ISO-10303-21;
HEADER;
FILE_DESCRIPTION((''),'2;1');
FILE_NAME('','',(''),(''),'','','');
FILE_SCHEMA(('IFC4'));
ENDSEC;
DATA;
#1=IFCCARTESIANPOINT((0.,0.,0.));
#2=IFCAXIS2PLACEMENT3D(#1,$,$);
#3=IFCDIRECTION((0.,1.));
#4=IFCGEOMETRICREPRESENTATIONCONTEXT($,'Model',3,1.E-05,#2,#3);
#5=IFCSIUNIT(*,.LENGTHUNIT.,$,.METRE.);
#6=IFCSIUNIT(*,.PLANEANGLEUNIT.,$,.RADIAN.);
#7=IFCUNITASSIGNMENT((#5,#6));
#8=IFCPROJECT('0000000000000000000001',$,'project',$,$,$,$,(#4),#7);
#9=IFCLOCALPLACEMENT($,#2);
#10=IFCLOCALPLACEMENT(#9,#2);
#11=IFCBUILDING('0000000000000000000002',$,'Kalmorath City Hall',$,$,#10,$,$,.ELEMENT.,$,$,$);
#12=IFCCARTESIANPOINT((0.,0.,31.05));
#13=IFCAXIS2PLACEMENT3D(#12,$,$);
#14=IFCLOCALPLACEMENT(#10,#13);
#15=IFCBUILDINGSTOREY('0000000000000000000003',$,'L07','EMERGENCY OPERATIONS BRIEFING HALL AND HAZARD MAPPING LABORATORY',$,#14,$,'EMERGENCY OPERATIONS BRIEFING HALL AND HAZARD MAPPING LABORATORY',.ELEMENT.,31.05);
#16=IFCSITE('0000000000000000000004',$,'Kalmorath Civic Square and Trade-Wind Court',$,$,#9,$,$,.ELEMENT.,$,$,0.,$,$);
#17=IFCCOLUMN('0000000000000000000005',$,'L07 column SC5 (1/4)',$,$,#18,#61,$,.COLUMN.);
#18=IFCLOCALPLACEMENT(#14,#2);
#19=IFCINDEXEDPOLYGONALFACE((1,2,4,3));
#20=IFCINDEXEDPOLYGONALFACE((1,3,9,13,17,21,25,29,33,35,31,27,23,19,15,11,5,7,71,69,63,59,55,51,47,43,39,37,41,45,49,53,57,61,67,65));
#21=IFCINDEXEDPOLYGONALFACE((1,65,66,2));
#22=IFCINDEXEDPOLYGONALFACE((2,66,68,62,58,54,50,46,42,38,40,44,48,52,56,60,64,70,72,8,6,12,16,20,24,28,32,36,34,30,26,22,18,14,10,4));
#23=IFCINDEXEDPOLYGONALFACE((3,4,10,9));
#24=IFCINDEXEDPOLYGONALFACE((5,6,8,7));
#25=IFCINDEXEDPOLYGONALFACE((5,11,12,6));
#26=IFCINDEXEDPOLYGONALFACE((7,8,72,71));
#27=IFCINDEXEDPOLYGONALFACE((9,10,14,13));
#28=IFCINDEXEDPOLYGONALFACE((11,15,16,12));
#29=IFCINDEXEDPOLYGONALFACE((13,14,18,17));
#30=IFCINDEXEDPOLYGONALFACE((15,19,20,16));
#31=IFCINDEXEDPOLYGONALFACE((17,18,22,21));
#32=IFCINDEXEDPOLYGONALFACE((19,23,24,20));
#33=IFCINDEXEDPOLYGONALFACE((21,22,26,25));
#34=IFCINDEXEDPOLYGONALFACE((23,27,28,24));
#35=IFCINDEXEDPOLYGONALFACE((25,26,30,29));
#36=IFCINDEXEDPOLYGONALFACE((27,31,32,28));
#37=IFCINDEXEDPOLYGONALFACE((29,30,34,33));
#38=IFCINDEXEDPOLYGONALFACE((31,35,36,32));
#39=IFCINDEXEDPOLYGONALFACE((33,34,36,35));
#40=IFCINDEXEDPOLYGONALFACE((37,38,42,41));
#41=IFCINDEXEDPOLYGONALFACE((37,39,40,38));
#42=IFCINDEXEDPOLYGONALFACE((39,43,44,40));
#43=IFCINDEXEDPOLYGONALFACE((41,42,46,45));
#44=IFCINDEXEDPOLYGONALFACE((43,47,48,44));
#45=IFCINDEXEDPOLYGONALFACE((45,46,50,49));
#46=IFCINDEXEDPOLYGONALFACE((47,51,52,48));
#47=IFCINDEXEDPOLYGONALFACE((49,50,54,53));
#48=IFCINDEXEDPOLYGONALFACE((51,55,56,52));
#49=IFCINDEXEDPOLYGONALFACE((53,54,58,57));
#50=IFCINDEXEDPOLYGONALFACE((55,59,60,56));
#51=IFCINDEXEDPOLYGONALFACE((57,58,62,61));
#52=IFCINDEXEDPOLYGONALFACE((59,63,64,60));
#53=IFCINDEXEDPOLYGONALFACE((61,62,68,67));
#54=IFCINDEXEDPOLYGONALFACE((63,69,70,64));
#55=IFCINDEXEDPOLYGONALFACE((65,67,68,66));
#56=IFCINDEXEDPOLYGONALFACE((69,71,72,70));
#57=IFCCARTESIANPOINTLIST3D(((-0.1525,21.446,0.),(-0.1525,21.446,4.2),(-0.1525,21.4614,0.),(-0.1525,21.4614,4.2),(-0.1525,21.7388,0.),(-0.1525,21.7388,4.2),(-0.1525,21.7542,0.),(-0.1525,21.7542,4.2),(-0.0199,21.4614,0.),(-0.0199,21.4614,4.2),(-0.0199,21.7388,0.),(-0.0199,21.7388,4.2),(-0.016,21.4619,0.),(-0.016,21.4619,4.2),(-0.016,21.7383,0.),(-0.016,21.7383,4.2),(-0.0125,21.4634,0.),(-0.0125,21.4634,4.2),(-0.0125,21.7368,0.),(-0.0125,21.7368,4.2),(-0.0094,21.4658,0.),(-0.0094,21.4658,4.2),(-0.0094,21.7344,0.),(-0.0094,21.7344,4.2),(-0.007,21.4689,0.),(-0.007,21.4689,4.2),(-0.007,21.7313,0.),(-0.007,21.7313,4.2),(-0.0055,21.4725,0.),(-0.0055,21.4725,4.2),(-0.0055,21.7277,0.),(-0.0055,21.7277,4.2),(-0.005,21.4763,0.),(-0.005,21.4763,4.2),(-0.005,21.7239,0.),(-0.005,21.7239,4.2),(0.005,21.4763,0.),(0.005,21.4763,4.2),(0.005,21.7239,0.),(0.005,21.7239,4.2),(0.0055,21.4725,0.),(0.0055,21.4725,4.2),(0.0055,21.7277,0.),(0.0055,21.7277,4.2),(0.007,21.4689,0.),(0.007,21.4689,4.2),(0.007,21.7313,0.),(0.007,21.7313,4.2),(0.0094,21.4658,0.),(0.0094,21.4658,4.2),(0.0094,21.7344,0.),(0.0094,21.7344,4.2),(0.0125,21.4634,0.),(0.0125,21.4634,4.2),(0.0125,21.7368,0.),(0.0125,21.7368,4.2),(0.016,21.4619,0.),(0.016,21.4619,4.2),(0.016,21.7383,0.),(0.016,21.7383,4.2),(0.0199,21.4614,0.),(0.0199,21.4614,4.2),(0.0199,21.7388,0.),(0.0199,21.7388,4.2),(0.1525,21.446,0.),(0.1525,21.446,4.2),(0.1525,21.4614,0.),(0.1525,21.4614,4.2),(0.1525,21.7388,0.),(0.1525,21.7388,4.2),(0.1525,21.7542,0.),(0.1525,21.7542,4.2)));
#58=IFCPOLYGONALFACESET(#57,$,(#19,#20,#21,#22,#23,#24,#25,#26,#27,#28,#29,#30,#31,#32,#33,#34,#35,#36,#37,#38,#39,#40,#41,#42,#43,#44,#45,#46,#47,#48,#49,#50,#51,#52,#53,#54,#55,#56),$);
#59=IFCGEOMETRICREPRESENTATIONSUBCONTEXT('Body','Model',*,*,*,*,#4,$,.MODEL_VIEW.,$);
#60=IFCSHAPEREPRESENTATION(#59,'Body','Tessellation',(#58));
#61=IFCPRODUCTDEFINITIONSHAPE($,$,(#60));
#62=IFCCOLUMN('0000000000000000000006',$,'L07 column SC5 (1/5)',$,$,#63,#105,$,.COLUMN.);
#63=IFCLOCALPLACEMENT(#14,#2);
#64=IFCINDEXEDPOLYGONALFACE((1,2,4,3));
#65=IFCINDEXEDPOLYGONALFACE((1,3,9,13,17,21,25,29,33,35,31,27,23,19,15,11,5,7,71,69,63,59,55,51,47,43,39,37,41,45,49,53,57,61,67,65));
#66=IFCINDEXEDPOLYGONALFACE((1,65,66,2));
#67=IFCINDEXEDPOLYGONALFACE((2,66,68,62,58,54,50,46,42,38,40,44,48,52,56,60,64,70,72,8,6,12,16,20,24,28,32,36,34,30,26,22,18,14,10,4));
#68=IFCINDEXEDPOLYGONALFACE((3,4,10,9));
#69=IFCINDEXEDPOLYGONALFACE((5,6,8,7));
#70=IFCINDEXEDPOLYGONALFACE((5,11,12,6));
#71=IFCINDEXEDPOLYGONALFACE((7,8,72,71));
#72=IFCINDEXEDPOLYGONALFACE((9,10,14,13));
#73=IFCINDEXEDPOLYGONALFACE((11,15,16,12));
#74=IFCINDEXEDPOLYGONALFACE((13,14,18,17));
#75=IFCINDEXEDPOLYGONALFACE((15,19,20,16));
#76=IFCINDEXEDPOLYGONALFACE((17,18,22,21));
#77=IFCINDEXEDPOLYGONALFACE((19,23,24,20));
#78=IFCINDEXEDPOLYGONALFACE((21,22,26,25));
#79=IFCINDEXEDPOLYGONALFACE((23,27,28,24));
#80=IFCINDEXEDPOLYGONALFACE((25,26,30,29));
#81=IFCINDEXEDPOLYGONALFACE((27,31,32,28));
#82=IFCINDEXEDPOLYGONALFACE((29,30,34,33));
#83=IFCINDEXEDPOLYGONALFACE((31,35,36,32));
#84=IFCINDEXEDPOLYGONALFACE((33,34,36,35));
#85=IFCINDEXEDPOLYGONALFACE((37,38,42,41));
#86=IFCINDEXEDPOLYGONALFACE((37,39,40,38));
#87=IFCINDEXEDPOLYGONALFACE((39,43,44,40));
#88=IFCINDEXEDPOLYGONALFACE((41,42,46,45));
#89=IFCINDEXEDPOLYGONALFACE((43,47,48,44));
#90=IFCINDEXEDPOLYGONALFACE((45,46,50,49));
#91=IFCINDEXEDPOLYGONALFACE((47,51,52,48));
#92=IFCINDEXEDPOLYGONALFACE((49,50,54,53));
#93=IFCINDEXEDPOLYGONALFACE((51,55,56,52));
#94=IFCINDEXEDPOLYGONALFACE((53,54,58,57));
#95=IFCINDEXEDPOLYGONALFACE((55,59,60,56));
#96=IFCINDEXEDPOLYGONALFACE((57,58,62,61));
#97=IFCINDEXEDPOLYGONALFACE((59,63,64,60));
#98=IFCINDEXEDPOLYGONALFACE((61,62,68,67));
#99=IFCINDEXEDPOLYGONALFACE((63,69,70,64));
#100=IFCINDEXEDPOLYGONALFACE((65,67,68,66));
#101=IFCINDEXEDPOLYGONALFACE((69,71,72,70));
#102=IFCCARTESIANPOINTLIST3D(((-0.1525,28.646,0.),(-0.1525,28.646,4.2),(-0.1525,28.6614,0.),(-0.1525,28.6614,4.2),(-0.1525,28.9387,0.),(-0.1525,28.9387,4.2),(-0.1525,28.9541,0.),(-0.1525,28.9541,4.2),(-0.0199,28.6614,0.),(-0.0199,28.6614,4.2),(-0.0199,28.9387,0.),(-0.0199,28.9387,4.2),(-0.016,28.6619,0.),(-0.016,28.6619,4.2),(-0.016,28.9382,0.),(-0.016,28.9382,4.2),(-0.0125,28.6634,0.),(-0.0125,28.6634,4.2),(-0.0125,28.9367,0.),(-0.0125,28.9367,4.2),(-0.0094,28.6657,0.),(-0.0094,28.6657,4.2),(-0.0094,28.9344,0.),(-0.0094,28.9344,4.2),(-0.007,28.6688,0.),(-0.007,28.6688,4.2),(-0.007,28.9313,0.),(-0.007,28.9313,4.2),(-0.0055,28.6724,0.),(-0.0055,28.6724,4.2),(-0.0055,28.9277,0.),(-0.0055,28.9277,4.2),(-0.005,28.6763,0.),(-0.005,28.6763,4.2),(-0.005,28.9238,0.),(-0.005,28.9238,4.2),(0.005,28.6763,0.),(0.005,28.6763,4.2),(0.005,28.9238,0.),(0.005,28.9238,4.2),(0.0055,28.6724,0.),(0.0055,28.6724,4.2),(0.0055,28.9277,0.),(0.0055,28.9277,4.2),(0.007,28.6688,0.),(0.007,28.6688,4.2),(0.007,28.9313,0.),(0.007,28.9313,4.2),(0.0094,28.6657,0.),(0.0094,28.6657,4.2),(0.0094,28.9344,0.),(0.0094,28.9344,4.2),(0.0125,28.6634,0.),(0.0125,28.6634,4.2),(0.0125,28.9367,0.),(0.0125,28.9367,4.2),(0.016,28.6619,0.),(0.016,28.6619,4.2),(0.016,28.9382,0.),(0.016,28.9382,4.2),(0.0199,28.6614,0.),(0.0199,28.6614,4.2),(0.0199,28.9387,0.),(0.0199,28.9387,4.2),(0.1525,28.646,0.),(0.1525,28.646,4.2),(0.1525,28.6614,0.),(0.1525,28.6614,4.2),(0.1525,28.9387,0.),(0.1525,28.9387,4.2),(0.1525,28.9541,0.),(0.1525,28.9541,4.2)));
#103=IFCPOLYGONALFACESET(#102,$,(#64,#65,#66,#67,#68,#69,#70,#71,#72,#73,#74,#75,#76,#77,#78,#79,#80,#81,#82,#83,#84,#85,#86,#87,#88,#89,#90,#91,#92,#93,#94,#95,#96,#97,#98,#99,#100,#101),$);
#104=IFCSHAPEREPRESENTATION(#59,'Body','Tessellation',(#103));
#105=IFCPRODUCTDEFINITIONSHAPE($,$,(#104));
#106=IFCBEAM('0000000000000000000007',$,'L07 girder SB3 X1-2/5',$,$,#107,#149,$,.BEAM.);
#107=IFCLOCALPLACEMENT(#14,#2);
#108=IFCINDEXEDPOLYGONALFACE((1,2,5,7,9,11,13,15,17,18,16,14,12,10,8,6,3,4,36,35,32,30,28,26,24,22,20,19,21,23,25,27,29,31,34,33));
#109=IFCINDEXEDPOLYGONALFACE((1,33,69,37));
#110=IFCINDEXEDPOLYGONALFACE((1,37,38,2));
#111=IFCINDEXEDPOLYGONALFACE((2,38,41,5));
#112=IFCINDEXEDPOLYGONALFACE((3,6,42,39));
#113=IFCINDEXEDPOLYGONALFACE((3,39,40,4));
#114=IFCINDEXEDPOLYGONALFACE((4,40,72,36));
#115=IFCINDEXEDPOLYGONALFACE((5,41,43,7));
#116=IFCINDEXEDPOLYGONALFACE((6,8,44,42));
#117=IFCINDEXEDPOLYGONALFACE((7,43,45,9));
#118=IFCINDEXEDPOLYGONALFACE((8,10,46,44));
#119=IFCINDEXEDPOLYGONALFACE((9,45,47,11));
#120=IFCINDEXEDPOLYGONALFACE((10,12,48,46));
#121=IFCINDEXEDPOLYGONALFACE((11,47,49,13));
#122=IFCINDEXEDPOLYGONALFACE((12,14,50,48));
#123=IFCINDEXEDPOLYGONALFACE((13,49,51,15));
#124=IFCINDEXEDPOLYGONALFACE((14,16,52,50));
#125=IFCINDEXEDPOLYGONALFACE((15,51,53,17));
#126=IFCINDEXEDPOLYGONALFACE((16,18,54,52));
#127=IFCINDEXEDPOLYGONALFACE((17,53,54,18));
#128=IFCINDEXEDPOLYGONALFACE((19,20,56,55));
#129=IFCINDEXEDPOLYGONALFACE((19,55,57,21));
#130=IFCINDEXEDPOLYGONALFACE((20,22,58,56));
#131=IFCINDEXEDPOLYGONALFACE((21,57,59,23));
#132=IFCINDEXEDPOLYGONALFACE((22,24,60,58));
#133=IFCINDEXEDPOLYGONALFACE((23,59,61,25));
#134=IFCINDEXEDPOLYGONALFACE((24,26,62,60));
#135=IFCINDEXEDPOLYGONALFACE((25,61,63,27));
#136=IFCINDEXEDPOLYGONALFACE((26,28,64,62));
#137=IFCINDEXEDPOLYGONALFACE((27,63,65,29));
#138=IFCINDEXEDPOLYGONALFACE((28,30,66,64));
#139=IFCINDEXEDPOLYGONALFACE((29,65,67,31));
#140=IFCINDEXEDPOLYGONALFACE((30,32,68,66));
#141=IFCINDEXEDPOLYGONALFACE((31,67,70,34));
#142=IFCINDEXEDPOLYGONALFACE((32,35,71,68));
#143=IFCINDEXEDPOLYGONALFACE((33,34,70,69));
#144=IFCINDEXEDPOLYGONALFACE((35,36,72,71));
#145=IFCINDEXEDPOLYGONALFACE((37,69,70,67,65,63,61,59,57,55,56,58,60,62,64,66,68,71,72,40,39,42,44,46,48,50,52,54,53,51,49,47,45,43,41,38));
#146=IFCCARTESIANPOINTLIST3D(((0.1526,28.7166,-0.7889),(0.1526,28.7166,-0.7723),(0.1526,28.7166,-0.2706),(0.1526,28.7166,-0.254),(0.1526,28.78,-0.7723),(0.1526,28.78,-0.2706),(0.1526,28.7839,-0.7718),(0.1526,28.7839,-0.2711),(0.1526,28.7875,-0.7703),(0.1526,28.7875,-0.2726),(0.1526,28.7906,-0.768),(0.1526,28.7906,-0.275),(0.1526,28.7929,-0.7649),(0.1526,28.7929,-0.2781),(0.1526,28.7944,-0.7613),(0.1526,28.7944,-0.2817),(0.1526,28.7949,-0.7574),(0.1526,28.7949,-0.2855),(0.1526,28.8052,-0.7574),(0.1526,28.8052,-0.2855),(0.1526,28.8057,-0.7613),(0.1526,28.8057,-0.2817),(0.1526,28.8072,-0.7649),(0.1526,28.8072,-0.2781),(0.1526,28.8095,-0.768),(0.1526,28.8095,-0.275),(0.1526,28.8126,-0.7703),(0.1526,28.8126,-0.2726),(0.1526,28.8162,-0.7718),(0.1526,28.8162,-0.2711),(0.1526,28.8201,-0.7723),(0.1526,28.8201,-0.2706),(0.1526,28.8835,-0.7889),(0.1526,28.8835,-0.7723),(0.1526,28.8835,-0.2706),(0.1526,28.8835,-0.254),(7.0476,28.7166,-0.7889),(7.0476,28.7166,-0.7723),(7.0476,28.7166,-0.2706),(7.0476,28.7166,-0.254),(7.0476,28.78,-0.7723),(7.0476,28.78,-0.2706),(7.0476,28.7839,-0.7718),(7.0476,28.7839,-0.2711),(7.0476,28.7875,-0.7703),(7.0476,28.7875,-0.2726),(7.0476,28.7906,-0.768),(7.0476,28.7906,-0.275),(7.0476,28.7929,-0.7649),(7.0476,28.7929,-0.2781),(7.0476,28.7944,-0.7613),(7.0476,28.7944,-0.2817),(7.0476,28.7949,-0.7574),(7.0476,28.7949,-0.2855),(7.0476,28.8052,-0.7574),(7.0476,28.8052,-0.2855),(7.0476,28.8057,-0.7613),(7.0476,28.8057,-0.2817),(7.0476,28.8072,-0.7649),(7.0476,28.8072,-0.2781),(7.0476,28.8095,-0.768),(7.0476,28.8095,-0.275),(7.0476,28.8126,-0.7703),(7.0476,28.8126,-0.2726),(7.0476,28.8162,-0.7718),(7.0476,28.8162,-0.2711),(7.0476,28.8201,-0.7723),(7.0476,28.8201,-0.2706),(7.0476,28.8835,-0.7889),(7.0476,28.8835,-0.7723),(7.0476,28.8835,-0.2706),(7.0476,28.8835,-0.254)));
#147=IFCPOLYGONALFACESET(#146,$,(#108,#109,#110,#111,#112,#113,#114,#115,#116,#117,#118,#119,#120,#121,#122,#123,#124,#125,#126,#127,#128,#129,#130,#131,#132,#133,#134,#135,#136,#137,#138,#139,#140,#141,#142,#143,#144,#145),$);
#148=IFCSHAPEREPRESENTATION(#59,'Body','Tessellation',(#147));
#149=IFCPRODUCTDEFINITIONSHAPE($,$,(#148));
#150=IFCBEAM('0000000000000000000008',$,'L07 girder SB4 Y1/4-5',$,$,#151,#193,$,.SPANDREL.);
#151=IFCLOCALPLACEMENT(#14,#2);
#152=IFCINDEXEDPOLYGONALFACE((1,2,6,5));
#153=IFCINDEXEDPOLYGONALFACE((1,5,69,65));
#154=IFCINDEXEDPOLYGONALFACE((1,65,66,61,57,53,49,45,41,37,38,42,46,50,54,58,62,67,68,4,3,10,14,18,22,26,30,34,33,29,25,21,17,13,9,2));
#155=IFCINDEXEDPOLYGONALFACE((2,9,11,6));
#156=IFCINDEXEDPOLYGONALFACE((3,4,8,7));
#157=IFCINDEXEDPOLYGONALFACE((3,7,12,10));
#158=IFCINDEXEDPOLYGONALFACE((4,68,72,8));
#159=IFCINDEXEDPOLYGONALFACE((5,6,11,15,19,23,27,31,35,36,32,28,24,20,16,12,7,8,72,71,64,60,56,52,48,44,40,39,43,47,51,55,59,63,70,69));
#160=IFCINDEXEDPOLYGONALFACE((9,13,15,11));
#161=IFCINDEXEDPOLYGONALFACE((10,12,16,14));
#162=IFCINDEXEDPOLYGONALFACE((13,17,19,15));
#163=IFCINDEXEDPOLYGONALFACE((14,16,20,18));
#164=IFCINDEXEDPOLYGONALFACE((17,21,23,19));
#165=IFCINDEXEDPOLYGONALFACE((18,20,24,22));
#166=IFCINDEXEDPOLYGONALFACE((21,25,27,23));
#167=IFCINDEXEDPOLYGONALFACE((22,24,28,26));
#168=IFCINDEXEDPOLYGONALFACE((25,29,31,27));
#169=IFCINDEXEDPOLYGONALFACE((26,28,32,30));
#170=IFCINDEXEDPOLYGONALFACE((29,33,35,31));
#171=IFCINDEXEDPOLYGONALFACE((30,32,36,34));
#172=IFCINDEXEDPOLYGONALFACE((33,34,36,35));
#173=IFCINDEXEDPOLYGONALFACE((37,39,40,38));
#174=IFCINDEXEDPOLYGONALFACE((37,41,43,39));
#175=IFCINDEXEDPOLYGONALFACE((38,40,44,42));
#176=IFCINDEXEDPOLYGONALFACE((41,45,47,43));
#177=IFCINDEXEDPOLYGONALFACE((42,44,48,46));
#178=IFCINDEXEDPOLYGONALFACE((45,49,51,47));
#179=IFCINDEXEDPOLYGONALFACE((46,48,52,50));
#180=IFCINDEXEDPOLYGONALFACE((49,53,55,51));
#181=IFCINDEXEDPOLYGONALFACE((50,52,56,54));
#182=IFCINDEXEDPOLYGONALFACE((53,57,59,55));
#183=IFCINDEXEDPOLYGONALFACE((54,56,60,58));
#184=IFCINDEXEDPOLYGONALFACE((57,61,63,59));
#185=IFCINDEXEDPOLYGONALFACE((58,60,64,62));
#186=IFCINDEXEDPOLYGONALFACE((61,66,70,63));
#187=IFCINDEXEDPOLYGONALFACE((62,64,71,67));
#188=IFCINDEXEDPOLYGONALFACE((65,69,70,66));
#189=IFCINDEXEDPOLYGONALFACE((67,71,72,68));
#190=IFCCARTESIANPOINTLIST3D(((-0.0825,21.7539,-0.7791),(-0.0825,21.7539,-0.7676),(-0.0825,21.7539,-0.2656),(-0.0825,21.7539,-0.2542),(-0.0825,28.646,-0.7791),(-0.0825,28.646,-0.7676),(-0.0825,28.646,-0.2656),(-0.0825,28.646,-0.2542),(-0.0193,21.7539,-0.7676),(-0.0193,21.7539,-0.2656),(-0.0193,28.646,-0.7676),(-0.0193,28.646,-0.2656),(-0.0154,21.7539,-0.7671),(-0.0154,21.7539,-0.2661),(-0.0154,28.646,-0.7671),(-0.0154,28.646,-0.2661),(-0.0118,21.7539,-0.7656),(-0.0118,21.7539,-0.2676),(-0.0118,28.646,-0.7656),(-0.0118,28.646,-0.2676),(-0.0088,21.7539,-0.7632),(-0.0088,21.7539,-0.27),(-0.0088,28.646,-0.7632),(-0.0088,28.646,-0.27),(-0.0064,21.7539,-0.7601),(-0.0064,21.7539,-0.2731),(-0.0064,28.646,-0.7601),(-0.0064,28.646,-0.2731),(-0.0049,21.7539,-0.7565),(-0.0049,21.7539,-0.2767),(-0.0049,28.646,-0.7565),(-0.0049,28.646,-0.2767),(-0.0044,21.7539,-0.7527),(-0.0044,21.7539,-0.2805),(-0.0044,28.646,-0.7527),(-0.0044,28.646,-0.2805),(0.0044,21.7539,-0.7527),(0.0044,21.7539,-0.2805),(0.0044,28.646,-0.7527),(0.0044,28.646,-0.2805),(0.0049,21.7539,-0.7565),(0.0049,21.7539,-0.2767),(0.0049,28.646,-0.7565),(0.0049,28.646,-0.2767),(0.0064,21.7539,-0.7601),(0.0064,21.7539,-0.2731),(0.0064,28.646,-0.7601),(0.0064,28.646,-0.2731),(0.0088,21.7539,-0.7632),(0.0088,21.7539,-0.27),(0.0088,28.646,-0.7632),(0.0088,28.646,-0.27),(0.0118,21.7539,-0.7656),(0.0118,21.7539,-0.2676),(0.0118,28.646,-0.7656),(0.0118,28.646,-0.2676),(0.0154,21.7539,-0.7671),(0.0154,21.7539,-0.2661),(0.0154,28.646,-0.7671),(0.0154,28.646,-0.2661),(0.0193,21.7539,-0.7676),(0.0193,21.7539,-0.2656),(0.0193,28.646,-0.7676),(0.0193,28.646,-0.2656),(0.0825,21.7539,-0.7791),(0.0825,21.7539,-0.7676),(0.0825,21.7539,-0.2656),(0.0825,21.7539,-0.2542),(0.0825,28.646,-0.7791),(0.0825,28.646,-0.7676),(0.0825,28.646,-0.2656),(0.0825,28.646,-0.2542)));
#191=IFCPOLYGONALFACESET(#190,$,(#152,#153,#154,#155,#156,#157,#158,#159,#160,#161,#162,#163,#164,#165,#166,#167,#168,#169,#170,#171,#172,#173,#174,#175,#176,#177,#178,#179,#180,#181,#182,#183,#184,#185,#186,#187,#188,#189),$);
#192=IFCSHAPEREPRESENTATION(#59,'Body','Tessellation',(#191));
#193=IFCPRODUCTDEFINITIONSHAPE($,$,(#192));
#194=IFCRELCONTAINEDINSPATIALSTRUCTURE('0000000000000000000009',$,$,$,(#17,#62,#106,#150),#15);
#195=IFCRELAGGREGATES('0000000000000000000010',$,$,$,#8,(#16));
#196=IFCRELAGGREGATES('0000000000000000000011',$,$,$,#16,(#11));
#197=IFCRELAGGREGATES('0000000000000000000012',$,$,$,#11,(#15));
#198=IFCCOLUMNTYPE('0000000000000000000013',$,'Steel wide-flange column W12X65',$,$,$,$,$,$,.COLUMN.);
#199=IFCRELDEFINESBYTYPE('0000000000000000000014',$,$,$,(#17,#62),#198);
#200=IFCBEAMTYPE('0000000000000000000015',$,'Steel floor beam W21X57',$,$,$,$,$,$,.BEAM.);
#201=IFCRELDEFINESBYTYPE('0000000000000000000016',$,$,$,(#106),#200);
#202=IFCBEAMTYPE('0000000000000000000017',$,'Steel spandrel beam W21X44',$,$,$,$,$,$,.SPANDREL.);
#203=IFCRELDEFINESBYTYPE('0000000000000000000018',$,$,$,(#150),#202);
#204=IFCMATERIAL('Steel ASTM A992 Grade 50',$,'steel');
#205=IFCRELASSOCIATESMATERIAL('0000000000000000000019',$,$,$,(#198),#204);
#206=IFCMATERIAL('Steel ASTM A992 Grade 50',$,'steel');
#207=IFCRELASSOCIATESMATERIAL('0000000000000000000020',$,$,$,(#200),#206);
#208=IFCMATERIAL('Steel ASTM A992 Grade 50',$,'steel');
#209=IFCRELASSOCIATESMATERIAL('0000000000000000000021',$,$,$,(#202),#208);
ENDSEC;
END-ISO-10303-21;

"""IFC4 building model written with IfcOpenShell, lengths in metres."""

from ifc_helpers import new_model, si_unit, direction, frame, origin, origin_2d, place, context, subcontext, project, spatial, i_section, extrude, material, material_profile, profile_set, type_object, element, save


model = new_model("IFC4")

# Units and contexts
model_context = context("Model", 3, precision=1e-05, world=origin(), true_north=direction((0.0, 1.0)))
body_context = subcontext(model_context, "Body", "Model", "MODEL_VIEW")
ifc_project = project(units=[si_unit("LENGTHUNIT", "METRE"), si_unit("PLANEANGLEUNIT", "RADIAN")], contexts=[model_context])

# Site, building, storey
site_placement = place(None, origin())
site = spatial("IfcSite", under=ifc_project, at=site_placement, Name="Kalmorath Civic Square and Trade-Wind Court", CompositionType="ELEMENT", RefElevation=0.0)
building_placement = place(site_placement, origin())
building = spatial("IfcBuilding", under=site, at=building_placement, Name="Kalmorath City Hall", CompositionType="ELEMENT")
storey_placement = place(building_placement, frame((0.0, 0.0, 31.05)))
storey = spatial("IfcBuildingStorey", under=building, at=storey_placement, Name="L07", Description="EMERGENCY OPERATIONS BRIEFING HALL AND HAZARD MAPPING LABORATORY", LongName="EMERGENCY OPERATIONS BRIEFING HALL AND HAZARD MAPPING LABORATORY", CompositionType="ELEMENT", Elevation=31.05)

# Columns
ifc_material_1 = material(Name="Steel ASTM A992 Grade 50", Category="steel")
ifc_material_profile_1 = material_profile(ifc_material_1, i_section(OverallWidth=0.3049, OverallDepth=0.3081, WebThickness=0.01, FlangeThickness=0.0154, FilletRadius=0.0149, at=origin_2d()), Name="W12X65")
ifc_profile_set_1 = profile_set([ifc_material_profile_1], Name="Steel ASTM A992 Grade 50")
column_type = type_object("IfcColumnType", Name="Steel wide-flange column W12X65", PredefinedType="COLUMN", material=ifc_profile_set_1)
for number, where, z_axis, x_axis, name in (
    (1, (0.0, 21.6001, 0.0), (0.0, 0.0, 1.0), (1.0, 0.0, 0.0), "L07 column SC5 (1/4)"),
    (2, (0.0, 28.8, 0.0), (0.0, 0.0, 1.0), (1.0, 0.0, 0.0), "L07 column SC5 (1/5)"),
):
    element("IfcColumn", number, at=place(storey_placement, frame(where, z_axis=z_axis, x_axis=x_axis)), inside=storey, type_object=column_type, Name=name, PredefinedType="COLUMN", context=body_context, shape_type="SweptSolid", body=[
        extrude(i_section(OverallWidth=0.3049, OverallDepth=0.3081, WebThickness=0.01, FlangeThickness=0.0154, FilletRadius=0.0149, at=origin_2d()), origin(), (0.0, 0.0, 1.0), 4.2),
    ])

# Beams
ifc_material_2 = material(Name="Steel ASTM A992 Grade 50", Category="steel")
ifc_material_profile_2 = material_profile(ifc_material_2, i_section(OverallWidth=0.167, OverallDepth=0.5349, WebThickness=0.0103, FlangeThickness=0.0166, FilletRadius=0.0149, at=origin_2d()), Name="W21X57")
ifc_profile_set_2 = profile_set([ifc_material_profile_2], Name="Steel ASTM A992 Grade 50")
beam_type_1 = type_object("IfcBeamType", Name="Steel floor beam W21X57", PredefinedType="BEAM", material=ifc_profile_set_2)
beam_1_placement = place(storey_placement, frame((0.1526, 28.8, -0.5215), z_axis=(1.0, 0.0, 0.0), x_axis=(0.0, 1.0, 0.0)))
element("IfcBeam", 3, at=beam_1_placement, inside=storey, type_object=beam_type_1, Name="L07 girder SB3 X1-2/5", PredefinedType="BEAM", context=body_context, shape_type="SweptSolid", body=[
    extrude(i_section(OverallWidth=0.167, OverallDepth=0.5349, WebThickness=0.0103, FlangeThickness=0.0166, FilletRadius=0.0149, at=origin_2d()), origin(), (0.0, 0.0, 1.0), 6.895),
])
ifc_material_3 = material(Name="Steel ASTM A992 Grade 50", Category="steel")
ifc_material_profile_3 = material_profile(ifc_material_3, i_section(OverallWidth=0.165, OverallDepth=0.5249, WebThickness=0.0088, FlangeThickness=0.0115, FilletRadius=0.0149, at=origin_2d()), Name="W21X44")
ifc_profile_set_3 = profile_set([ifc_material_profile_3], Name="Steel ASTM A992 Grade 50")
beam_type_2 = type_object("IfcBeamType", Name="Steel spandrel beam W21X44", PredefinedType="SPANDREL", material=ifc_profile_set_3)
beam_2_placement = place(storey_placement, frame((0.0, 21.7539, -0.5166), z_axis=(0.0, 1.0, 0.0), x_axis=(-1.0, 0.0, 0.0)))
element("IfcBeam", 4, at=beam_2_placement, inside=storey, type_object=beam_type_2, Name="L07 girder SB4 Y1/4-5", PredefinedType="SPANDREL", context=body_context, shape_type="SweptSolid", body=[
    extrude(i_section(OverallWidth=0.165, OverallDepth=0.5249, WebThickness=0.0088, FlangeThickness=0.0115, FilletRadius=0.0149, at=origin_2d()), origin(), (0.0, 0.0, 1.0), 6.8921),
])

save(model, "model.ifc")
